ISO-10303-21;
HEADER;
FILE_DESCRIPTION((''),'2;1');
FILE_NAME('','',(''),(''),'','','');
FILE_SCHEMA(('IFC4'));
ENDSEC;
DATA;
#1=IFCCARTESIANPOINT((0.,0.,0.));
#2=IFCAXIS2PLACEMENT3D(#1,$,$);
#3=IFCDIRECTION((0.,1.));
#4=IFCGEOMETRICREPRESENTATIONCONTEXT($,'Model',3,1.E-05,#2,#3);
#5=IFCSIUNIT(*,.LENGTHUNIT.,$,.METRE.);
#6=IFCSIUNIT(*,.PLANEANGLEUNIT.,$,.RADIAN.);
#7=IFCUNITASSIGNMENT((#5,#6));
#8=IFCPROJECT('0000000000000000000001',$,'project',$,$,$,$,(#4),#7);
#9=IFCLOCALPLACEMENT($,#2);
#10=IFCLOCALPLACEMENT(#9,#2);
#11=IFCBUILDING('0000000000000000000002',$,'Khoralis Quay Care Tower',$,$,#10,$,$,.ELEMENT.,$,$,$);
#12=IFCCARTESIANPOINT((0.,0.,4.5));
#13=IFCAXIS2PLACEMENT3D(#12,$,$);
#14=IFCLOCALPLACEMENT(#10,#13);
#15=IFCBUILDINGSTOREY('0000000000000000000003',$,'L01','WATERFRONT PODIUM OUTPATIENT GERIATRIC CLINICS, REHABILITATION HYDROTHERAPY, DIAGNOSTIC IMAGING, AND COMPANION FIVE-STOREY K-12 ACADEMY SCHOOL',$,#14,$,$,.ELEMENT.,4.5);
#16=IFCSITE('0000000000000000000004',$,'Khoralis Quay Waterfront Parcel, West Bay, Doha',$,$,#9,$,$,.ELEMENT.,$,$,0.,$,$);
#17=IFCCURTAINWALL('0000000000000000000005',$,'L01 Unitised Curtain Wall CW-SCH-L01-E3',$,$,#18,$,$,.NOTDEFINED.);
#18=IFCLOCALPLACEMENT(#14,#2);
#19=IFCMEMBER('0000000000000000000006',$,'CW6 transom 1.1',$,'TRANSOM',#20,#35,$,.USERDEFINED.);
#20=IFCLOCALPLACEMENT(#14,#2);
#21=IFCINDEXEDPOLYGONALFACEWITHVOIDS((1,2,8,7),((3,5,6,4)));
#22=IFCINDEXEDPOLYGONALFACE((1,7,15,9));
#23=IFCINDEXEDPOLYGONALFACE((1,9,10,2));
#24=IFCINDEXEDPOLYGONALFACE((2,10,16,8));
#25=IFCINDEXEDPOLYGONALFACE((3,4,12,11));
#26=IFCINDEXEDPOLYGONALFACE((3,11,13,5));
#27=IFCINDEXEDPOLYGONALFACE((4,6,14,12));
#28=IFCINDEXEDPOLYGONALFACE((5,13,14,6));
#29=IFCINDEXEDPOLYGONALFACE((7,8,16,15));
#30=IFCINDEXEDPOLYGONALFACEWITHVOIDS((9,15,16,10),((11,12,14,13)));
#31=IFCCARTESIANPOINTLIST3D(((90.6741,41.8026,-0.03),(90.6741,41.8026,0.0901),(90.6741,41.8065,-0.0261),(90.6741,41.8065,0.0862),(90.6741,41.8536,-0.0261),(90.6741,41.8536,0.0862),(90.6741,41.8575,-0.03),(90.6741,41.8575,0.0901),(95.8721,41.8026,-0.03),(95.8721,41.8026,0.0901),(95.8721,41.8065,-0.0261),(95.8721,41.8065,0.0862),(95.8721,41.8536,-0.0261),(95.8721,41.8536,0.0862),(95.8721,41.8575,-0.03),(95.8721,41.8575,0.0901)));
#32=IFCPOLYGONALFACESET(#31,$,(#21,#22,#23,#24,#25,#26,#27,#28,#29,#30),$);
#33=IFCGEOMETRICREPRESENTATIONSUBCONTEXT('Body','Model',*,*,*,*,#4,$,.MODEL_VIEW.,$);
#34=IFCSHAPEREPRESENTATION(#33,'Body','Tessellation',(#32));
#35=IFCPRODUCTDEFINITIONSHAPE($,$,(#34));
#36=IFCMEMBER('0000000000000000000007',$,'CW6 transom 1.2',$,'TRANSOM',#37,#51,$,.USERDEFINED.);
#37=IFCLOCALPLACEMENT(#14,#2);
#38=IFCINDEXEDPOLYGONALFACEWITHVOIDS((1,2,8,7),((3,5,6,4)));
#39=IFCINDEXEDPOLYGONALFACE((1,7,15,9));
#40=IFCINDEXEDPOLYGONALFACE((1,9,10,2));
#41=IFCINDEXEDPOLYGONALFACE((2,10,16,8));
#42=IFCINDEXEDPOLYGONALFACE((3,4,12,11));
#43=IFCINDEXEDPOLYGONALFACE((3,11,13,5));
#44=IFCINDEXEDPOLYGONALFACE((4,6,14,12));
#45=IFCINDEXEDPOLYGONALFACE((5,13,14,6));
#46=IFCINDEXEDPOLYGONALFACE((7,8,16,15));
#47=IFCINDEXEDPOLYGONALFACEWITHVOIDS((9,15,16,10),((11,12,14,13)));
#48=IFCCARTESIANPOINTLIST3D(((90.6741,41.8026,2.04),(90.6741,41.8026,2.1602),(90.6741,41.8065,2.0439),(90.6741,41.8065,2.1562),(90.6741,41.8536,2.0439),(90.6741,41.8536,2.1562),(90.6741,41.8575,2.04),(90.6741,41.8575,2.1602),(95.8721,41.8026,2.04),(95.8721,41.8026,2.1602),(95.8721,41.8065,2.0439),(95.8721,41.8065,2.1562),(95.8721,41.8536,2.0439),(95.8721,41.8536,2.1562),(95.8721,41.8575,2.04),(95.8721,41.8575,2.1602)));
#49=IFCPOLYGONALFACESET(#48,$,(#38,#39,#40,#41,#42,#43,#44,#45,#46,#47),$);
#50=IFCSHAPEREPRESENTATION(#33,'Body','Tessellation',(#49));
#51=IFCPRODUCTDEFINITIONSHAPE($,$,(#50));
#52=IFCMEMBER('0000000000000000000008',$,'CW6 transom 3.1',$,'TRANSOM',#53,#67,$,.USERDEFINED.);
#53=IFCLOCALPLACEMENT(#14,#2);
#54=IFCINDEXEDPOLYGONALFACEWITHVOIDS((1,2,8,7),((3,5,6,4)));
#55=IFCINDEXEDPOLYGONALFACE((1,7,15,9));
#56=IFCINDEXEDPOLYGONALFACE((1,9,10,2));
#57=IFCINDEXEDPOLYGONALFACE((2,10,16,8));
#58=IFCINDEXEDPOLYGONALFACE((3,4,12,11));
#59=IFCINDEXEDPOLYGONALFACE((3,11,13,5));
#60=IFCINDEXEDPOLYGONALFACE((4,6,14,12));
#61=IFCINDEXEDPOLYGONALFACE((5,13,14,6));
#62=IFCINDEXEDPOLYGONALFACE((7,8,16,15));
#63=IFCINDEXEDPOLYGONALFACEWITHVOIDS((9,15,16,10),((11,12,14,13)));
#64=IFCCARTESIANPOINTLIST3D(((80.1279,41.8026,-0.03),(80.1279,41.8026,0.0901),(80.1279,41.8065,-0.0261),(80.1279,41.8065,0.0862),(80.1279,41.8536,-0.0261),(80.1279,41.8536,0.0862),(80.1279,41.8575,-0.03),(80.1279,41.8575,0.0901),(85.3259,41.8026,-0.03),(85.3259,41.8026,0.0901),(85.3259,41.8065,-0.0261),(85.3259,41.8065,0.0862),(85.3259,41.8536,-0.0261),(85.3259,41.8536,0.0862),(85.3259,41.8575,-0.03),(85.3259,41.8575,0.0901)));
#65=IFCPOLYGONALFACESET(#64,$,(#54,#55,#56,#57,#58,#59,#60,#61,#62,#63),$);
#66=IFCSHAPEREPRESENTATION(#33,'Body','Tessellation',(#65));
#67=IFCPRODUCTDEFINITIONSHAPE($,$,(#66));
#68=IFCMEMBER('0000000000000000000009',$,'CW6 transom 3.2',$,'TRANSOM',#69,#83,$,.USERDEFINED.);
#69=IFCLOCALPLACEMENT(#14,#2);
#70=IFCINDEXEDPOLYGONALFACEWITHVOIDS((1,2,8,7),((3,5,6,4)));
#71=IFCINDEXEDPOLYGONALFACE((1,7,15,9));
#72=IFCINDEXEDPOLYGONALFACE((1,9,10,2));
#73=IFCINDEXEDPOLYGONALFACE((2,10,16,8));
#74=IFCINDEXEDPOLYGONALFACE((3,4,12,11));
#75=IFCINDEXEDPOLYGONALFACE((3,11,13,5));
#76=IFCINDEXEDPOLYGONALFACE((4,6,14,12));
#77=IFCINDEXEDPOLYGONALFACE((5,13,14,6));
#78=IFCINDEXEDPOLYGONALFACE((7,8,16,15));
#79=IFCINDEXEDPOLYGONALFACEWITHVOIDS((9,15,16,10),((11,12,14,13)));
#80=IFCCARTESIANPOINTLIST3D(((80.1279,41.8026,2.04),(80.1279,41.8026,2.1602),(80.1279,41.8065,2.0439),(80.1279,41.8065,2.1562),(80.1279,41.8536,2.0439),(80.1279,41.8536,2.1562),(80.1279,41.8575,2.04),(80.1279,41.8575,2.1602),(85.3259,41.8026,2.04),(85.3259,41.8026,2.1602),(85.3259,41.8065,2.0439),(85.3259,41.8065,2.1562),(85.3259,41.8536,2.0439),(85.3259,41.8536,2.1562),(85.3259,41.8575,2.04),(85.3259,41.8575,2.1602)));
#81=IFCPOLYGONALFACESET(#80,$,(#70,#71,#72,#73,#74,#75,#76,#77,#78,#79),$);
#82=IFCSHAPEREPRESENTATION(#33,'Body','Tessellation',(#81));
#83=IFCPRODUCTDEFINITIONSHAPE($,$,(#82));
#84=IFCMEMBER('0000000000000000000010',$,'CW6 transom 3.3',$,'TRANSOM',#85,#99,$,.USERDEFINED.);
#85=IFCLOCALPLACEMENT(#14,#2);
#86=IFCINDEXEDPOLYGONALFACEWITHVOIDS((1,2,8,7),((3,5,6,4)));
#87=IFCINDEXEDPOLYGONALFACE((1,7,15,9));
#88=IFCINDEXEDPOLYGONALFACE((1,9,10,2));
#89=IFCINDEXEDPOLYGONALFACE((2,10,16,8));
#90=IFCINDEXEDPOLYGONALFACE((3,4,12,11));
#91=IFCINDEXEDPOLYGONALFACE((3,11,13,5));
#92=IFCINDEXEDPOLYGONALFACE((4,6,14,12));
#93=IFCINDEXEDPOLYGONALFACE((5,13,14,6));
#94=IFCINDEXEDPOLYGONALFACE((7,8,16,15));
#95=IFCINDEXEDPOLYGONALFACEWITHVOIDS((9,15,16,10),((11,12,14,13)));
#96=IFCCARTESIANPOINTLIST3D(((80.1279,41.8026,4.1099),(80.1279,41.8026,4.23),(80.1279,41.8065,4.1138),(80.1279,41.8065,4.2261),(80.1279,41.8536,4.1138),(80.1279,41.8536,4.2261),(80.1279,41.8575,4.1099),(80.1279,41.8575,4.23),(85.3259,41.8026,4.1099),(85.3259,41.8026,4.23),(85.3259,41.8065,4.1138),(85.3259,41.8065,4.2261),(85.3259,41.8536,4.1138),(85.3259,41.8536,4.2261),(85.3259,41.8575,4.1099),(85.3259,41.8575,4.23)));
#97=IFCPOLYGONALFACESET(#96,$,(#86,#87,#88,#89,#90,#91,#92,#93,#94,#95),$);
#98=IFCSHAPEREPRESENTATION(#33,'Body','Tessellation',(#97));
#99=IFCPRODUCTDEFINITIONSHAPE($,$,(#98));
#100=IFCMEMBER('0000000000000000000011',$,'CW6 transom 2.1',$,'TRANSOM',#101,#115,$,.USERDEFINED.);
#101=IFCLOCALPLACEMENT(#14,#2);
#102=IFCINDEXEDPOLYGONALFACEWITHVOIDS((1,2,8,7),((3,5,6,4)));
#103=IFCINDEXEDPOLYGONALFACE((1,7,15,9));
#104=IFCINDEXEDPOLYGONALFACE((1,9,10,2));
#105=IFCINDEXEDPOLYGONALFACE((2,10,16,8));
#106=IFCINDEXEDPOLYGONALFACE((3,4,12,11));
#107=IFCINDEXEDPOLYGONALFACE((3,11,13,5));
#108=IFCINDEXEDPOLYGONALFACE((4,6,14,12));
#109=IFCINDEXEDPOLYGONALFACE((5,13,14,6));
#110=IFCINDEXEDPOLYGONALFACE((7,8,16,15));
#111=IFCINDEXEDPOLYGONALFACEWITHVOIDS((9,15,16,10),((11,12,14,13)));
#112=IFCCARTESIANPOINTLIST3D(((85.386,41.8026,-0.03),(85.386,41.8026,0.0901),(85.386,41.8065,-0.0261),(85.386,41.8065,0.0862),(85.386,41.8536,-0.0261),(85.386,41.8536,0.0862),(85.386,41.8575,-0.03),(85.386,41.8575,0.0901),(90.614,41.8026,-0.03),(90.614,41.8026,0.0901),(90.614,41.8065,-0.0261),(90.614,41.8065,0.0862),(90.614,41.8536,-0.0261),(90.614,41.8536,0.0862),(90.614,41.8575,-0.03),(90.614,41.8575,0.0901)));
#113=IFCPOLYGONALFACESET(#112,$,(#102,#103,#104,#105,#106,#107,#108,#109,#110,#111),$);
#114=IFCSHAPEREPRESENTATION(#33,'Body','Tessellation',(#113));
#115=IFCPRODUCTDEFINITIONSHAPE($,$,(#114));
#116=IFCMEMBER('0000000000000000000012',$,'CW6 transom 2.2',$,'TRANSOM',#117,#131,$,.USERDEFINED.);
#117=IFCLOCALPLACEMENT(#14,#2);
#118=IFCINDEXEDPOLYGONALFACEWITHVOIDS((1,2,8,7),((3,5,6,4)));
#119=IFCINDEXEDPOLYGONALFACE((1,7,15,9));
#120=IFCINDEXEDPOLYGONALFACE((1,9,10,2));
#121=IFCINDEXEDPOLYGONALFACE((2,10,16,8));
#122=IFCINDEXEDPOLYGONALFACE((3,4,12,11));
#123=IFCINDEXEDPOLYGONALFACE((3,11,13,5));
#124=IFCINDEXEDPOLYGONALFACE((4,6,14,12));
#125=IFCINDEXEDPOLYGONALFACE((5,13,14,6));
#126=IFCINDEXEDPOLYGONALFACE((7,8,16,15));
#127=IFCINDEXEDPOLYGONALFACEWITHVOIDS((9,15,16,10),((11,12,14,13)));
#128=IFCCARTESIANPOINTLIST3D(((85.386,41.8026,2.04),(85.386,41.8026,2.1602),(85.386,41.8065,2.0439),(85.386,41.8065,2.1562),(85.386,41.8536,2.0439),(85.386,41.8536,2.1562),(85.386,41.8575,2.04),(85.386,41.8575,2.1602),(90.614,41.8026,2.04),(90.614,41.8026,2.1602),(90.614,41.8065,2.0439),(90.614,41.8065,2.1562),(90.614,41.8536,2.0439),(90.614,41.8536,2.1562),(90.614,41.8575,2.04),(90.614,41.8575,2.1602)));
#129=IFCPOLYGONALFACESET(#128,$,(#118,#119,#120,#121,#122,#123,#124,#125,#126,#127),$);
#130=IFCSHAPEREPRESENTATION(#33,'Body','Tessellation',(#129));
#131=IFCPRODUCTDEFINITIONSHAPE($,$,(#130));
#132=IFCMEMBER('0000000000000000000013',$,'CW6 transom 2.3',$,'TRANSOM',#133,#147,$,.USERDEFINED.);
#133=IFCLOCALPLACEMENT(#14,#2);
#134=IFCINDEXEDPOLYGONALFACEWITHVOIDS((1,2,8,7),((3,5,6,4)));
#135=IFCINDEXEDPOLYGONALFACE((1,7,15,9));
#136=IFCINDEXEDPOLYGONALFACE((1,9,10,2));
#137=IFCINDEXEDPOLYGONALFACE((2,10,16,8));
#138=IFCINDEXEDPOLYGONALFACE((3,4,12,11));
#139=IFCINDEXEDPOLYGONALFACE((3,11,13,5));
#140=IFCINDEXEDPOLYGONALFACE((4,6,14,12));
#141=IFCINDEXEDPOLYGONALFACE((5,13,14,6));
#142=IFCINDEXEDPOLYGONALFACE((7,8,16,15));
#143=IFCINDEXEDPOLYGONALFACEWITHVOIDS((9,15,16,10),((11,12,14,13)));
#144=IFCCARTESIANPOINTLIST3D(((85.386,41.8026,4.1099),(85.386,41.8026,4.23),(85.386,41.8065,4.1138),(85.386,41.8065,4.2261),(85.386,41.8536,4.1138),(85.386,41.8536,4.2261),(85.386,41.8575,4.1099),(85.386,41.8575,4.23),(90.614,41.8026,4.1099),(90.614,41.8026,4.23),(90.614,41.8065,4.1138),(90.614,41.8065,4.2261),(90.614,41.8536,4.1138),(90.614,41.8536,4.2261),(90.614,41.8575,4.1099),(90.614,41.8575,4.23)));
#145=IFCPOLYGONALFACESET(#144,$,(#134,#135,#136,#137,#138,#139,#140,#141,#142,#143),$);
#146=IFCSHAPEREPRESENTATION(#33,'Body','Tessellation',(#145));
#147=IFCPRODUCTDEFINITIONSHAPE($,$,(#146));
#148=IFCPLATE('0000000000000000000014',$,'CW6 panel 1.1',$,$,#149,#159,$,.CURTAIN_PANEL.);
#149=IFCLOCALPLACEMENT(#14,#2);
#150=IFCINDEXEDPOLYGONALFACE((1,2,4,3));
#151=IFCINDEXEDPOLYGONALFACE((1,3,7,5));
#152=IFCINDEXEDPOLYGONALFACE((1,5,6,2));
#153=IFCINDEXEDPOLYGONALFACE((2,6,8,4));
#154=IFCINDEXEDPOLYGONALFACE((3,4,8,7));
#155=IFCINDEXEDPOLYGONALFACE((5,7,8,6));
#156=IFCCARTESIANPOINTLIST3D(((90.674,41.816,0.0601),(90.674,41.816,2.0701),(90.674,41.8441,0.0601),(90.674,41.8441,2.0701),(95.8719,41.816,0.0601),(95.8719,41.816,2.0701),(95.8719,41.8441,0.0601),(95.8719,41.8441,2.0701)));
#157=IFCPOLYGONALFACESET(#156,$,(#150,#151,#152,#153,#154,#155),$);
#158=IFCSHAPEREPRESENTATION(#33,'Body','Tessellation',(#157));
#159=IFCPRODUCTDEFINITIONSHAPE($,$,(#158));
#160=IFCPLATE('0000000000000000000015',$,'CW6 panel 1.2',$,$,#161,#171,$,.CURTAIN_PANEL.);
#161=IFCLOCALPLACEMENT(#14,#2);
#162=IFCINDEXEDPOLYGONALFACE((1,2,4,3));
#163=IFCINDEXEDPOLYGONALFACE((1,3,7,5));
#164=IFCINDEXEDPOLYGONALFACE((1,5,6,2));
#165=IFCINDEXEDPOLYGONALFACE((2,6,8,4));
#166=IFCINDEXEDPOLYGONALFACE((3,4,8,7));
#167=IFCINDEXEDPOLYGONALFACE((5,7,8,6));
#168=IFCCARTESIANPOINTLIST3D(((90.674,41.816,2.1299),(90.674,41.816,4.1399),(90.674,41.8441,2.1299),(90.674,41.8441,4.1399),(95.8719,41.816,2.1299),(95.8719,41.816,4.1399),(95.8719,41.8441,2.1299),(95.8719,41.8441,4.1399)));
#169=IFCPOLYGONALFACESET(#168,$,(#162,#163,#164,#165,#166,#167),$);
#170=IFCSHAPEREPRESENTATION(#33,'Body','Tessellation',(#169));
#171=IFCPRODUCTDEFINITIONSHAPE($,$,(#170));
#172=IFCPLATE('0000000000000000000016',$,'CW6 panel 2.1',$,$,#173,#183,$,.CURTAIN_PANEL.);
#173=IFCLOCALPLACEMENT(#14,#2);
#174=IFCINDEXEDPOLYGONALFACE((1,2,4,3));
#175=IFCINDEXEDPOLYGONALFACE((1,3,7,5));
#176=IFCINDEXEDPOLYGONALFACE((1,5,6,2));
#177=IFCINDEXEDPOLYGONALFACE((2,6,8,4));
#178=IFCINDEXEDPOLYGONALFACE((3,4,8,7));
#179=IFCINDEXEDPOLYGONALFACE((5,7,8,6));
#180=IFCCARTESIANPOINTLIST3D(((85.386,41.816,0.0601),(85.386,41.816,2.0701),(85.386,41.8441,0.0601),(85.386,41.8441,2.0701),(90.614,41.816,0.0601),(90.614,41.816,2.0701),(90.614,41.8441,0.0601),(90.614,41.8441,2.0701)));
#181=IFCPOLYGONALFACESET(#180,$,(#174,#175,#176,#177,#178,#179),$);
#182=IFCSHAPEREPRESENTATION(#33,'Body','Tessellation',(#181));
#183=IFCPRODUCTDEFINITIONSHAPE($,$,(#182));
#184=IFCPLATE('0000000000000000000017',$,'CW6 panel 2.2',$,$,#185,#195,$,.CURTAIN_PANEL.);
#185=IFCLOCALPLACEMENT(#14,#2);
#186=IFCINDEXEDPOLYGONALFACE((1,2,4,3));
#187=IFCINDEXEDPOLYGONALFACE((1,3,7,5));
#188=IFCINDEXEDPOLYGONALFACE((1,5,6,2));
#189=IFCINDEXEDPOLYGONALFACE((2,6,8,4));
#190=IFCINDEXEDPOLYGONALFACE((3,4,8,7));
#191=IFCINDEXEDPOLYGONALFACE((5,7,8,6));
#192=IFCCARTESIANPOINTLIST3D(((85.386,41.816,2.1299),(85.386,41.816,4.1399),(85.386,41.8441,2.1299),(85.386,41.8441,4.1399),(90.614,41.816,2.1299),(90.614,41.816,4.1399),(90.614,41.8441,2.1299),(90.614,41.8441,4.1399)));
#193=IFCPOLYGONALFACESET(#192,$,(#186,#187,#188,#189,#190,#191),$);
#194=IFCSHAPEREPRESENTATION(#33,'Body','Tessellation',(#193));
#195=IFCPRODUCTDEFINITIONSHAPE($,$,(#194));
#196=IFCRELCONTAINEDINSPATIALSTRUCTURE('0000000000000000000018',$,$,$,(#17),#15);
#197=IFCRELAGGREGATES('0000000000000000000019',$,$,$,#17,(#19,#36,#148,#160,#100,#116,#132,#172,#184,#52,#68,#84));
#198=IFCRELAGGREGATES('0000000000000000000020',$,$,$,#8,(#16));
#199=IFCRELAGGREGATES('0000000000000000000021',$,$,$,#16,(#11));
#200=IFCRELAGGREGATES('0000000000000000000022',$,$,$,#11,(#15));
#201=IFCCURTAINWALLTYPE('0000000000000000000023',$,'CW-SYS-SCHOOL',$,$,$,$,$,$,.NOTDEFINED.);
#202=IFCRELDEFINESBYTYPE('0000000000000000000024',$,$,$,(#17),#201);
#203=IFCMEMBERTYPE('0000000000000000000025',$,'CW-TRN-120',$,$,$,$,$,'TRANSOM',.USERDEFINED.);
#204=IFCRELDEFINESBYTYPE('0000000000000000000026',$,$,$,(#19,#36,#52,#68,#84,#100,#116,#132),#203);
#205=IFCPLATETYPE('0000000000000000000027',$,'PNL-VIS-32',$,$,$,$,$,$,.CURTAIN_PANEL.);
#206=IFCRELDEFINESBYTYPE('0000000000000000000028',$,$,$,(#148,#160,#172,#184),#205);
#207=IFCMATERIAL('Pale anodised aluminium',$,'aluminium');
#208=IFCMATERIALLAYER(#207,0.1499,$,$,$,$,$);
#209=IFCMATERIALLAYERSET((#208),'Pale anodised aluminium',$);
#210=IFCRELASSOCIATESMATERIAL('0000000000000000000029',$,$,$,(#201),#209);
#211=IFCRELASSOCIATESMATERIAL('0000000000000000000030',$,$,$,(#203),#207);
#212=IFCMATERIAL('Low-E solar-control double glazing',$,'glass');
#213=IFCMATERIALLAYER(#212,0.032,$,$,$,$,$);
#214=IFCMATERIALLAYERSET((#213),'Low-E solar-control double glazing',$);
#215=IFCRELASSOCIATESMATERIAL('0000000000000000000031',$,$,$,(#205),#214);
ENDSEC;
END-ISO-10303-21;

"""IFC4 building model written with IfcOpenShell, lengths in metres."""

from ifc_helpers import new_model, si_unit, direction, frame, origin, origin_2d, place, context, subcontext, project, spatial, rectangle, hollow_rectangle, extrude, source, transform, mapped, material, layer, layer_set, material_profile, profile_set, type_object, element, aggregate, save


model = new_model("IFC4")

# Units and contexts
model_context = context("Model", 3, precision=1e-05, world=origin(), true_north=direction((0.0, 1.0)))
body_context = subcontext(model_context, "Body", "Model", "MODEL_VIEW")
ifc_project = project(units=[si_unit("LENGTHUNIT", "METRE"), si_unit("PLANEANGLEUNIT", "RADIAN")], contexts=[model_context])

# Site, building, storey
site_placement = place(None, origin())
site = spatial("IfcSite", under=ifc_project, at=site_placement, Name="Khoralis Quay Waterfront Parcel, West Bay, Doha", CompositionType="ELEMENT", RefElevation=0.0)
building_placement = place(site_placement, origin())
building = spatial("IfcBuilding", under=site, at=building_placement, Name="Khoralis Quay Care Tower", CompositionType="ELEMENT")
storey_placement = place(building_placement, frame((0.0, 0.0, 4.5)))
storey = spatial("IfcBuildingStorey", under=building, at=storey_placement, Name="L01", Description="WATERFRONT PODIUM OUTPATIENT GERIATRIC CLINICS, REHABILITATION HYDROTHERAPY, DIAGNOSTIC IMAGING, AND COMPANION FIVE-STOREY K-12 ACADEMY SCHOOL", CompositionType="ELEMENT", Elevation=4.5)

# Curtain wall, members, plates
ifc_material_1 = material(Name="Pale anodised aluminium", Category="aluminium")
ifc_layer_1 = layer(ifc_material_1, 0.1499)
ifc_layer_set_1 = layer_set([ifc_layer_1], Name="Pale anodised aluminium")
curtain_wall_type = type_object("IfcCurtainWallType", Name="CW-SYS-SCHOOL", PredefinedType="NOTDEFINED", material=ifc_layer_set_1)
curtain_wall_placement = place(storey_placement, origin())
curtain_wall = element("IfcCurtainWall", 1, at=curtain_wall_placement, inside=storey, type_object=curtain_wall_type, Name="L01 Unitised Curtain Wall CW-SCH-L01-E3", PredefinedType="NOTDEFINED")
ifc_material_profile_1 = material_profile(ifc_material_1, hollow_rectangle(XDim=0.0549, YDim=0.1201, WallThickness=0.0039, at=origin_2d()), Name="Pale anodised aluminium")
ifc_profile_set_1 = profile_set([ifc_material_profile_1], Name="Pale anodised aluminium")
member_type_1 = type_object("IfcMemberType", Name="CW-TRN-120", ElementType="TRANSOM", PredefinedType="USERDEFINED", material=ifc_profile_set_1)
shared_shape_1 = source(origin(), body_context, "Body", "SweptSolid", [
    extrude(hollow_rectangle(XDim=0.0549, YDim=0.1201, WallThickness=0.0039, at=origin_2d()), origin(), (0.0, 0.0, 1.0), 5.198),
])
member_1_placement = place(storey_placement, frame((95.8721, 41.8301, 0.03), z_axis=(-1.0, 0.0, 0.0), x_axis=(0.0, -1.0, 0.0)))
member_1 = element("IfcMember", 2, at=member_1_placement, type_object=member_type_1, Name="CW6 transom 1.1", ObjectType="TRANSOM", PredefinedType="USERDEFINED", context=body_context, shape_type="MappedRepresentation", body=[
    mapped(shared_shape_1, transform((0.0, 0.0, 0.0), scale=1.0)),
])
member_2_placement = place(storey_placement, frame((95.8721, 41.8301, 2.1001), z_axis=(-1.0, 0.0, 0.0), x_axis=(0.0, -1.0, 0.0)))
member_2 = element("IfcMember", 3, at=member_2_placement, type_object=member_type_1, Name="CW6 transom 1.2", ObjectType="TRANSOM", PredefinedType="USERDEFINED", context=body_context, shape_type="MappedRepresentation", body=[
    mapped(shared_shape_1, transform((0.0, 0.0, 0.0), scale=1.0)),
])
member_3_placement = place(storey_placement, frame((85.3259, 41.8301, 0.03), z_axis=(-1.0, 0.0, 0.0), x_axis=(0.0, -1.0, 0.0)))
member_3 = element("IfcMember", 4, at=member_3_placement, type_object=member_type_1, Name="CW6 transom 3.1", ObjectType="TRANSOM", PredefinedType="USERDEFINED", context=body_context, shape_type="MappedRepresentation", body=[
    mapped(shared_shape_1, transform((0.0, 0.0, 0.0), scale=1.0)),
])
member_4_placement = place(storey_placement, frame((85.3259, 41.8301, 2.1001), z_axis=(-1.0, 0.0, 0.0), x_axis=(0.0, -1.0, 0.0)))
member_4 = element("IfcMember", 5, at=member_4_placement, type_object=member_type_1, Name="CW6 transom 3.2", ObjectType="TRANSOM", PredefinedType="USERDEFINED", context=body_context, shape_type="MappedRepresentation", body=[
    mapped(shared_shape_1, transform((0.0, 0.0, 0.0), scale=1.0)),
])
member_5_placement = place(storey_placement, frame((85.3259, 41.8301, 4.1699), z_axis=(-1.0, 0.0, 0.0), x_axis=(0.0, -1.0, 0.0)))
member_5 = element("IfcMember", 6, at=member_5_placement, type_object=member_type_1, Name="CW6 transom 3.3", ObjectType="TRANSOM", PredefinedType="USERDEFINED", context=body_context, shape_type="MappedRepresentation", body=[
    mapped(shared_shape_1, transform((0.0, 0.0, 0.0), scale=1.0)),
])
shared_shape_2 = source(origin(), body_context, "Body", "SweptSolid", [
    extrude(hollow_rectangle(XDim=0.0549, YDim=0.1201, WallThickness=0.0039, at=origin_2d()), origin(), (0.0, 0.0, 1.0), 5.228),
])
member_6_placement = place(storey_placement, frame((90.614, 41.8301, 0.03), z_axis=(-1.0, 0.0, 0.0), x_axis=(0.0, -1.0, 0.0)))
member_6 = element("IfcMember", 7, at=member_6_placement, type_object=member_type_1, Name="CW6 transom 2.1", ObjectType="TRANSOM", PredefinedType="USERDEFINED", context=body_context, shape_type="MappedRepresentation", body=[
    mapped(shared_shape_2, transform((0.0, 0.0, 0.0), scale=1.0)),
])
member_7_placement = place(storey_placement, frame((90.614, 41.8301, 2.1001), z_axis=(-1.0, 0.0, 0.0), x_axis=(0.0, -1.0, 0.0)))
member_7 = element("IfcMember", 8, at=member_7_placement, type_object=member_type_1, Name="CW6 transom 2.2", ObjectType="TRANSOM", PredefinedType="USERDEFINED", context=body_context, shape_type="MappedRepresentation", body=[
    mapped(shared_shape_2, transform((0.0, 0.0, 0.0), scale=1.0)),
])
member_8_placement = place(storey_placement, frame((90.614, 41.8301, 4.1699), z_axis=(-1.0, 0.0, 0.0), x_axis=(0.0, -1.0, 0.0)))
member_8 = element("IfcMember", 9, at=member_8_placement, type_object=member_type_1, Name="CW6 transom 2.3", ObjectType="TRANSOM", PredefinedType="USERDEFINED", context=body_context, shape_type="MappedRepresentation", body=[
    mapped(shared_shape_2, transform((0.0, 0.0, 0.0), scale=1.0)),
])
ifc_material_2 = material(Name="Low-E solar-control double glazing", Category="glass")
ifc_layer_2 = layer(ifc_material_2, 0.032)
ifc_layer_set_2 = layer_set([ifc_layer_2], Name="Low-E solar-control double glazing")
plate_type = type_object("IfcPlateType", Name="PNL-VIS-32", PredefinedType="CURTAIN_PANEL", material=ifc_layer_set_2)
shared_shape_3 = source(origin(), body_context, "Body", "SweptSolid", [
    extrude(rectangle(XDim=5.198, YDim=0.0281, at=origin_2d()), origin(), (0.0, 0.0, 1.0), 2.01),
])
plate_1_placement = place(storey_placement, frame((93.2729, 41.8301, 0.0601), z_axis=(0.0, 0.0, 1.0), x_axis=(-1.0, 0.0, 0.0)))
plate_1 = element("IfcPlate", 10, at=plate_1_placement, type_object=plate_type, Name="CW6 panel 1.1", PredefinedType="CURTAIN_PANEL", context=body_context, shape_type="MappedRepresentation", body=[
    mapped(shared_shape_3, transform((0.0, 0.0, 0.0), scale=1.0)),
])
plate_2_placement = place(storey_placement, frame((93.2729, 41.8301, 2.1299), z_axis=(0.0, 0.0, 1.0), x_axis=(-1.0, 0.0, 0.0)))
plate_2 = element("IfcPlate", 11, at=plate_2_placement, type_object=plate_type, Name="CW6 panel 1.2", PredefinedType="CURTAIN_PANEL", context=body_context, shape_type="MappedRepresentation", body=[
    mapped(shared_shape_3, transform((0.0, 0.0, 0.0), scale=1.0)),
])
shared_shape_4 = source(origin(), body_context, "Body", "SweptSolid", [
    extrude(rectangle(XDim=5.228, YDim=0.0281, at=origin_2d()), origin(), (0.0, 0.0, 1.0), 2.01),
])
plate_3_placement = place(storey_placement, frame((88.0, 41.8301, 0.0601), z_axis=(0.0, 0.0, 1.0), x_axis=(-1.0, 0.0, 0.0)))
plate_3 = element("IfcPlate", 12, at=plate_3_placement, type_object=plate_type, Name="CW6 panel 2.1", PredefinedType="CURTAIN_PANEL", context=body_context, shape_type="MappedRepresentation", body=[
    mapped(shared_shape_4, transform((0.0, 0.0, 0.0), scale=1.0)),
])
plate_4_placement = place(storey_placement, frame((88.0, 41.8301, 2.1299), z_axis=(0.0, 0.0, 1.0), x_axis=(-1.0, 0.0, 0.0)))
plate_4 = element("IfcPlate", 13, at=plate_4_placement, type_object=plate_type, Name="CW6 panel 2.2", PredefinedType="CURTAIN_PANEL", context=body_context, shape_type="MappedRepresentation", body=[
    mapped(shared_shape_4, transform((0.0, 0.0, 0.0), scale=1.0)),
])
aggregate(curtain_wall, [member_1, member_2, plate_1, plate_2, member_6, member_7, member_8, plate_3, plate_4, member_3, member_4, member_5])

save(model, "model.ifc")
